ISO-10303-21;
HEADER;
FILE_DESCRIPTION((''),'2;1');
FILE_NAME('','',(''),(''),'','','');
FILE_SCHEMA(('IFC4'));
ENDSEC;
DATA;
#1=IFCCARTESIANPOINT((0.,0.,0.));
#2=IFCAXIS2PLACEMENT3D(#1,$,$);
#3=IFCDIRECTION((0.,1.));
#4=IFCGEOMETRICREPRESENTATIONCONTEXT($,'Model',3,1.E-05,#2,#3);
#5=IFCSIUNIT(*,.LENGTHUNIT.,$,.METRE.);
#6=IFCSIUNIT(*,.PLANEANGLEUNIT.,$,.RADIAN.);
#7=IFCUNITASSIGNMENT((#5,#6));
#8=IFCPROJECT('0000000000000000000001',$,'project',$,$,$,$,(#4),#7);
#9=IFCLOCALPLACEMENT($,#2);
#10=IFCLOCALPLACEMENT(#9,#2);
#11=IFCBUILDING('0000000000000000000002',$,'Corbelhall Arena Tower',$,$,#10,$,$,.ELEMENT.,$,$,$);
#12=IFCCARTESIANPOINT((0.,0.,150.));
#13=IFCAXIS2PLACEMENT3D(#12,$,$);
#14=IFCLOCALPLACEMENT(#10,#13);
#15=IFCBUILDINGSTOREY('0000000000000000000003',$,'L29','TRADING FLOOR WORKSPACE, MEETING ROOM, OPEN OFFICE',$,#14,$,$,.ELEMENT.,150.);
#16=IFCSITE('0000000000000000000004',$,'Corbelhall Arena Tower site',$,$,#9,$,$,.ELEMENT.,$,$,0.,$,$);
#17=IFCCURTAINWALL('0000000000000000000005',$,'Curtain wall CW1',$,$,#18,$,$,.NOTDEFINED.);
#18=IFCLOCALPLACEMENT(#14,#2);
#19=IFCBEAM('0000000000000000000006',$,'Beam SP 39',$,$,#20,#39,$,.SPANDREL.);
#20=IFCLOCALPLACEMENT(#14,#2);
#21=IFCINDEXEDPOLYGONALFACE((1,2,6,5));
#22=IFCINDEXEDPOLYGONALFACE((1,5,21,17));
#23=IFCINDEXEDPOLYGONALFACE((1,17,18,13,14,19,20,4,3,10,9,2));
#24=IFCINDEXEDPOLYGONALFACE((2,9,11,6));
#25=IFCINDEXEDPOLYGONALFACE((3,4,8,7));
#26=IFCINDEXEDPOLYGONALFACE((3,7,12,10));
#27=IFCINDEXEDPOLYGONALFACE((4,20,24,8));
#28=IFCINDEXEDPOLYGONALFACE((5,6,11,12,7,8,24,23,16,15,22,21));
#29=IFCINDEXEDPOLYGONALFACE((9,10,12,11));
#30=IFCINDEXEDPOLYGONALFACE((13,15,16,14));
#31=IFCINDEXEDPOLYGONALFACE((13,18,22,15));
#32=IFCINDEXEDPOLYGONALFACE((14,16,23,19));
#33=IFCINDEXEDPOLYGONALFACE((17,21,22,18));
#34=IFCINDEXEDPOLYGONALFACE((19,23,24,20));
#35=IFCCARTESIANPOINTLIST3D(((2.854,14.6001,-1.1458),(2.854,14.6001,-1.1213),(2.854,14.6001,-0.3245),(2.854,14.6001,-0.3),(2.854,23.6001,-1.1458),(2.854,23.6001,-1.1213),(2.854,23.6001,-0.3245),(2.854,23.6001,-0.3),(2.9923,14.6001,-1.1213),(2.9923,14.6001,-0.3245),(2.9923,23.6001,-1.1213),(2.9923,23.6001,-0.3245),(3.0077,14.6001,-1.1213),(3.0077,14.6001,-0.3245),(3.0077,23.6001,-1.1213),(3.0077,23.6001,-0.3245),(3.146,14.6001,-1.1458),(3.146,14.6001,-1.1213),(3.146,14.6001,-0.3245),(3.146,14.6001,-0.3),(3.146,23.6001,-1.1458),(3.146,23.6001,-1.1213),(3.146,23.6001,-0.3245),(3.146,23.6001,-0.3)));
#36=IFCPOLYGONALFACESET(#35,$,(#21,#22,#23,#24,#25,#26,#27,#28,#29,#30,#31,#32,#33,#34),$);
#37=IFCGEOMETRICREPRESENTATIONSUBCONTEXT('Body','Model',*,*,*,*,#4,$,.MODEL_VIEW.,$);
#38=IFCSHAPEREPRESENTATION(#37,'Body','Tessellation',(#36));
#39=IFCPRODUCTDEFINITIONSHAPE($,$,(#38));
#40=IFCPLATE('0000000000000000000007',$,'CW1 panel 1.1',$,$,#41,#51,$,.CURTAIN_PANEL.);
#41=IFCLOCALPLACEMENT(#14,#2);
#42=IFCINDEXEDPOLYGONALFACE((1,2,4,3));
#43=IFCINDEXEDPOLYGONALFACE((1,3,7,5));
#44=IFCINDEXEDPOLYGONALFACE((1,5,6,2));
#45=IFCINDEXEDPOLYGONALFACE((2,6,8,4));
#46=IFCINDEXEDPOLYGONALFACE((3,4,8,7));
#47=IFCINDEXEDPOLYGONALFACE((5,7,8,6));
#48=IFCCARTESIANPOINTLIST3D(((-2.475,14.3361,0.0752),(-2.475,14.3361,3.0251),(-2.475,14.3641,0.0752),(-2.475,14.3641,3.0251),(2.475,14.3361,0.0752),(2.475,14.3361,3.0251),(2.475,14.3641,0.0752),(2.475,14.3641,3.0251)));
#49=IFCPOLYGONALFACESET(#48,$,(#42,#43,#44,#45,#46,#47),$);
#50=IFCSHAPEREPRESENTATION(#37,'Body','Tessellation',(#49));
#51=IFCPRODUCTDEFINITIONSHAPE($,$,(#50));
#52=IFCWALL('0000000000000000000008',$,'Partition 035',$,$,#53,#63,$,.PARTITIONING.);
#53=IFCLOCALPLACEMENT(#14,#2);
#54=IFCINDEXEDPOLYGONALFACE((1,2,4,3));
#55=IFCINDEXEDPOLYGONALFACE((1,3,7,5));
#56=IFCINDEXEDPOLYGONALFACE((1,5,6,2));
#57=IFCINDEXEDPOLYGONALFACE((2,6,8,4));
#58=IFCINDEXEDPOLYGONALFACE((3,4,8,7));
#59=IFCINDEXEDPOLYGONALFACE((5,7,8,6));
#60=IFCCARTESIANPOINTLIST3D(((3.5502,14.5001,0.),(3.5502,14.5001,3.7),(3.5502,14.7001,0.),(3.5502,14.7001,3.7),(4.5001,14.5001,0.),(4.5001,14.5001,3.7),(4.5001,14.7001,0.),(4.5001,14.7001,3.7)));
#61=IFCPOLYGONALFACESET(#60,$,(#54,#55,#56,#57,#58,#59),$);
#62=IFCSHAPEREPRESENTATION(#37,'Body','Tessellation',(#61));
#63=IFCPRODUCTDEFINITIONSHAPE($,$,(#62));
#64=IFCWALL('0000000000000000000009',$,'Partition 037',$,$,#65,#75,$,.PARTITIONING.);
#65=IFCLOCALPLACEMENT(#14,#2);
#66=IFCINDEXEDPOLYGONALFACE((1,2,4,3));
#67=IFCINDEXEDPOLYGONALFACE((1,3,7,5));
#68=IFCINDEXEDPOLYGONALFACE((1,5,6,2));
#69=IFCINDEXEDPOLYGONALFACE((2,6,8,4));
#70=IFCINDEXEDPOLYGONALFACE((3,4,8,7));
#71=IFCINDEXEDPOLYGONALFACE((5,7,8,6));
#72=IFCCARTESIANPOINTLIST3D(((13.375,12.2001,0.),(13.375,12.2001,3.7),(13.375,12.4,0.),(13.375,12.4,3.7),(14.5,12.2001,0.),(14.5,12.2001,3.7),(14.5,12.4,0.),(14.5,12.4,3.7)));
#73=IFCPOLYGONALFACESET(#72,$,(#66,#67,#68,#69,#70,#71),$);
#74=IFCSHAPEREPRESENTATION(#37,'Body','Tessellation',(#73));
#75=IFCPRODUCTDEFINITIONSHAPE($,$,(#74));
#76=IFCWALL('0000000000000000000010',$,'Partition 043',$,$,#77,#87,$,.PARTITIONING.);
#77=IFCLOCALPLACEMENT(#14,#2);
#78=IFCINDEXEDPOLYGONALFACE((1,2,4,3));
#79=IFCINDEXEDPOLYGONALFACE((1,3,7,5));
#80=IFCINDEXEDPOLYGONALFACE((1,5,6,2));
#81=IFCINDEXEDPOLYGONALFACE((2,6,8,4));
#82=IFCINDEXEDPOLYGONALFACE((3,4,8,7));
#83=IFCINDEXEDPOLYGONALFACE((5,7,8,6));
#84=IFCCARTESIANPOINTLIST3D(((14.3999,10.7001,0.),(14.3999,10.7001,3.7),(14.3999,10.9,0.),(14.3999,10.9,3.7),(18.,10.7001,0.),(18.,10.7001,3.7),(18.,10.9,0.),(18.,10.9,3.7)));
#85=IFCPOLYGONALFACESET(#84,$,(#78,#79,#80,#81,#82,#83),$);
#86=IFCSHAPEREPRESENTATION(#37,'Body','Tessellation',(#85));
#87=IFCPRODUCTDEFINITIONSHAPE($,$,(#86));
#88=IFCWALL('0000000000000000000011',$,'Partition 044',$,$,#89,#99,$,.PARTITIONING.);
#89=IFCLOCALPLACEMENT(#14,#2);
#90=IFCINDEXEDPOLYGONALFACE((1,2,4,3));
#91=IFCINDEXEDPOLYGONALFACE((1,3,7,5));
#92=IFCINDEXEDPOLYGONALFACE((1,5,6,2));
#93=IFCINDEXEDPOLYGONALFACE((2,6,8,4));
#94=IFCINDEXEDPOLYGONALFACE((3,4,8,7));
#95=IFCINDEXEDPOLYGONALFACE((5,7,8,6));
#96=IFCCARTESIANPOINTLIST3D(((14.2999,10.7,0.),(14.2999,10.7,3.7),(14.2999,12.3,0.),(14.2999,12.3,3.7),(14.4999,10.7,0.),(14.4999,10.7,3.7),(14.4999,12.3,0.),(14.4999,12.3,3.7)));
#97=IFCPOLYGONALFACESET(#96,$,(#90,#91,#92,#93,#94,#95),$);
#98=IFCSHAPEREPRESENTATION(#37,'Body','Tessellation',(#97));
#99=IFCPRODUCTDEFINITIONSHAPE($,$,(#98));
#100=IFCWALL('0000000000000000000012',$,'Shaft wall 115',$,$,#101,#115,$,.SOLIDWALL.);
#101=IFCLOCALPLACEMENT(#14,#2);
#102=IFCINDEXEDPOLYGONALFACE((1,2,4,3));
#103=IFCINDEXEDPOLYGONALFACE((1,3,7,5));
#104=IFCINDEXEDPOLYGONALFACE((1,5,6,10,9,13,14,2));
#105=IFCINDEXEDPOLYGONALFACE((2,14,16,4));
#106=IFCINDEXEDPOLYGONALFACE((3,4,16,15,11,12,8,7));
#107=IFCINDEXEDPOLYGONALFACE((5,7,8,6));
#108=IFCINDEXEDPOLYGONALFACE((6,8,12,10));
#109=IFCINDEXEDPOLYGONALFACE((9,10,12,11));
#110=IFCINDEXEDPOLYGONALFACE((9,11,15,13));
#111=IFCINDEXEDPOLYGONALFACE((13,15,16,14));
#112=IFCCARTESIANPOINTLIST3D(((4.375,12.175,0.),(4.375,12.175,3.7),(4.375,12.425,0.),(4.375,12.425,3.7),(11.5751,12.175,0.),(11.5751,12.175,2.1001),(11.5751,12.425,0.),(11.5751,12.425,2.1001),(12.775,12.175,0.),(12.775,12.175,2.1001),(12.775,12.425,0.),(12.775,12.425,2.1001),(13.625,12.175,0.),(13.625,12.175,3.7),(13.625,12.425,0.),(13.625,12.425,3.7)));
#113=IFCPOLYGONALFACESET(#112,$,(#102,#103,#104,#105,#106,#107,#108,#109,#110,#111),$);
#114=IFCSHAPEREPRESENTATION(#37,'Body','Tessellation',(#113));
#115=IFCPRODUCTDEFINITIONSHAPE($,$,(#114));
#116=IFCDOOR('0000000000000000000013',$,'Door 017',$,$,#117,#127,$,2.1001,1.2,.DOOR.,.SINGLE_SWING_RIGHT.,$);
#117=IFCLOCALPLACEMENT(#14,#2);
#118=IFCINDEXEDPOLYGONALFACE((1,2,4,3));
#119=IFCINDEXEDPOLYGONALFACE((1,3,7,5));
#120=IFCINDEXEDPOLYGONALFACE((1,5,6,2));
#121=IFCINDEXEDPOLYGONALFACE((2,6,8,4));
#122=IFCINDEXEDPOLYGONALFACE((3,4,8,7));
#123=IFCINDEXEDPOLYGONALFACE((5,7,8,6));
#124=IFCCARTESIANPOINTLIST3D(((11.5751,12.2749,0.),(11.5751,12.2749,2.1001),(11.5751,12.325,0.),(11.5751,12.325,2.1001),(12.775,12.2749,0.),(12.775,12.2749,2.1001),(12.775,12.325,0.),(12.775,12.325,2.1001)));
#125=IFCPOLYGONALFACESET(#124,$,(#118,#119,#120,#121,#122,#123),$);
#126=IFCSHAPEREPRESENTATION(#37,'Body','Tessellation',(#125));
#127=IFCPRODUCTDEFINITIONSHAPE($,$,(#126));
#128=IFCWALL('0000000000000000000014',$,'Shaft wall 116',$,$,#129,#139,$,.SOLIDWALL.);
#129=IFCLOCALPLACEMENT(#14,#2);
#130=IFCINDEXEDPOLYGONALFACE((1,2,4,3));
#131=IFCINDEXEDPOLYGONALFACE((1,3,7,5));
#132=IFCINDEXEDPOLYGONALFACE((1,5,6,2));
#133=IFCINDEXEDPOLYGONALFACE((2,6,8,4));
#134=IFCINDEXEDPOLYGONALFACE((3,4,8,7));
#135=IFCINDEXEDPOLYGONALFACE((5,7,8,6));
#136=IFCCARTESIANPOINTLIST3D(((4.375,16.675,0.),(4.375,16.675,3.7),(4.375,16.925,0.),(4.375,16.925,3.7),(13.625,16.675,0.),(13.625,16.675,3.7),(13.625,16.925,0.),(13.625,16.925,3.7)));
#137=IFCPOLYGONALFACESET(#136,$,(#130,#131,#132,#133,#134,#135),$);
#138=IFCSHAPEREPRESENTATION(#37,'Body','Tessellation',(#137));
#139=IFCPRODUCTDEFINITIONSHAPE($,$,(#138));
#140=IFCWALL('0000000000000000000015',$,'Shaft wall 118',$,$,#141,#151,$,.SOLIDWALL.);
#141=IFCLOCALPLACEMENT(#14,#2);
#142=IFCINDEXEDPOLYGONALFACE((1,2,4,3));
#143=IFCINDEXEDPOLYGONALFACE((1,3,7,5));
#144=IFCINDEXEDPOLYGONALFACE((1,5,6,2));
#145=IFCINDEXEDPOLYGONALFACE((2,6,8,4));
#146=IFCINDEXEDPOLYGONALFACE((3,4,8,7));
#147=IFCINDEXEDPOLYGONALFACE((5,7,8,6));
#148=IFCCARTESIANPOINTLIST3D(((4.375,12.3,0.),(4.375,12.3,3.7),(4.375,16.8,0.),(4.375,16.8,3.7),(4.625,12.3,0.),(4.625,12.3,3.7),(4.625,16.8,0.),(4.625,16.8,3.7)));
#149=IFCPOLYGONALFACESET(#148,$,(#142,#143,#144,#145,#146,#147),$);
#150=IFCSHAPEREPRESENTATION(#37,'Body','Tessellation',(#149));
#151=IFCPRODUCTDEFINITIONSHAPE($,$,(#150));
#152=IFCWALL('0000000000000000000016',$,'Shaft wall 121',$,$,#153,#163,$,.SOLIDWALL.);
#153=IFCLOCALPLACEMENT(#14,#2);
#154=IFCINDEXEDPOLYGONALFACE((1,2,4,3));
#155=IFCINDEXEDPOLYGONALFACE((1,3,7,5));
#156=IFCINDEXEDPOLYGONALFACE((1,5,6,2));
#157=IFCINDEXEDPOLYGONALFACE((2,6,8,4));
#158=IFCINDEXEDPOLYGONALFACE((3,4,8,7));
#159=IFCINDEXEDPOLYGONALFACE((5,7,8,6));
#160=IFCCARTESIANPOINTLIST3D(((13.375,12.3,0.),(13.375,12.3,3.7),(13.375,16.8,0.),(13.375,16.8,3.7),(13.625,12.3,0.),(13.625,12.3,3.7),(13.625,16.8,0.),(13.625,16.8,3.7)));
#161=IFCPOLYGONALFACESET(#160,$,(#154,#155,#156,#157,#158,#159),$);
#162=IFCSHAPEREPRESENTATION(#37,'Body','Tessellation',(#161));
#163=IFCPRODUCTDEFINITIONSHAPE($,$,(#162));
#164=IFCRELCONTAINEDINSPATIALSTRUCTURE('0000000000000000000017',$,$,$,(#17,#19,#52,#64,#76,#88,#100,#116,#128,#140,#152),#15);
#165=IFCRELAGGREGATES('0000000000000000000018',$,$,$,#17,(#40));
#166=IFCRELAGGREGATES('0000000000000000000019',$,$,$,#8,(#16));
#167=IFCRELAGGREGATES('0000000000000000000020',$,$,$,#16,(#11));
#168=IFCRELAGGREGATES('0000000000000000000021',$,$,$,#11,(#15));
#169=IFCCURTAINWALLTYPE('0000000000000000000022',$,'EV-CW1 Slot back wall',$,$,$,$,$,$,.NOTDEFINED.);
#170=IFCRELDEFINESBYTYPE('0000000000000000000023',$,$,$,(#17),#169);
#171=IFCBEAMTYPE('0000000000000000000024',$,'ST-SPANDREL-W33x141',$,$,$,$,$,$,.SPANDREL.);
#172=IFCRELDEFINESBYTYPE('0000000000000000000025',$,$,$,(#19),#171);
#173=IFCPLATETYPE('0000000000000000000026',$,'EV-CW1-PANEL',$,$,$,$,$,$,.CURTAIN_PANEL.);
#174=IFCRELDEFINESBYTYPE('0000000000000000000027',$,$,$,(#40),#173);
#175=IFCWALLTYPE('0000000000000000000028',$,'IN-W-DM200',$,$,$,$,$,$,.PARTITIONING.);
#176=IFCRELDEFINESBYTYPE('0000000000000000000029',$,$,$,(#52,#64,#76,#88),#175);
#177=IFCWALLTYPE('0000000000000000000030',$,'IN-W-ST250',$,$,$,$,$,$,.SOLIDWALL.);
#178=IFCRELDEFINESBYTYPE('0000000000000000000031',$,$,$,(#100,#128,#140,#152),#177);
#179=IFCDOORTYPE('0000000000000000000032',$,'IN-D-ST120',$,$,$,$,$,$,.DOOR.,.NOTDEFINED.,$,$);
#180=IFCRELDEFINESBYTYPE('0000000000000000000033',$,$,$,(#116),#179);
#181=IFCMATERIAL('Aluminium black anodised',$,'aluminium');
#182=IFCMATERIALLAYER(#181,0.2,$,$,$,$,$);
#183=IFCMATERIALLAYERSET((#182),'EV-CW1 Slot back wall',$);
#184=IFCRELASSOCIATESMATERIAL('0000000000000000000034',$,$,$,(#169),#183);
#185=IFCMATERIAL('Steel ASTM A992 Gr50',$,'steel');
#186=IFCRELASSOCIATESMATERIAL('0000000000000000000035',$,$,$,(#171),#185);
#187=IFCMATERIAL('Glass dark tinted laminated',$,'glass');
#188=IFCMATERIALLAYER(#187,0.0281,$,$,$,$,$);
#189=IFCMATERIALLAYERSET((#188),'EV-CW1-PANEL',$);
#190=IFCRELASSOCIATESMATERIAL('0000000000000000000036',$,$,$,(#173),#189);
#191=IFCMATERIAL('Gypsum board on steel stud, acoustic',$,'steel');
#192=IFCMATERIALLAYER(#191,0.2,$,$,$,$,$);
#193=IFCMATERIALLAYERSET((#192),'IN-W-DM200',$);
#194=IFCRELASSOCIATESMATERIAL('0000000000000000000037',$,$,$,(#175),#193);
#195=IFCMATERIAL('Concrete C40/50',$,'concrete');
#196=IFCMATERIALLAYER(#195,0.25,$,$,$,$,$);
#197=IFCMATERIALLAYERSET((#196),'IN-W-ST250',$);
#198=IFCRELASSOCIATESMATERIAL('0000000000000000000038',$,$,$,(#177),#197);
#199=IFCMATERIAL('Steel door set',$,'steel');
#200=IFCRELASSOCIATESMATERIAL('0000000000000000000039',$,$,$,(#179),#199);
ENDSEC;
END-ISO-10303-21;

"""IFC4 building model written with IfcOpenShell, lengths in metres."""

from ifc_helpers import new_model, si_unit, direction, frame, frame_2d, origin, origin_2d, place, context, subcontext, project, spatial, rectangle, i_section, extrude, material, layer, layer_set, material_profile, profile_set, type_object, element, fill, aggregate, save


model = new_model("IFC4")

# Units and contexts
model_context = context("Model", 3, precision=1e-05, world=origin(), true_north=direction((0.0, 1.0)))
body_context = subcontext(model_context, "Body", "Model", "MODEL_VIEW")
ifc_project = project(units=[si_unit("LENGTHUNIT", "METRE"), si_unit("PLANEANGLEUNIT", "RADIAN")], contexts=[model_context])

# Site, building, storey
site_placement = place(None, origin())
site = spatial("IfcSite", under=ifc_project, at=site_placement, Name="Corbelhall Arena Tower site", CompositionType="ELEMENT", RefElevation=0.0)
building_placement = place(site_placement, origin())
building = spatial("IfcBuilding", under=site, at=building_placement, Name="Corbelhall Arena Tower", CompositionType="ELEMENT")
storey_placement = place(building_placement, frame((0.0, 0.0, 150.0)))
storey = spatial("IfcBuildingStorey", under=building, at=storey_placement, Name="L29", Description="TRADING FLOOR WORKSPACE, MEETING ROOM, OPEN OFFICE", CompositionType="ELEMENT", Elevation=150.0)

# Curtain wall
ifc_material_1 = material(Name="Aluminium black anodised", Category="aluminium")
ifc_layer_1 = layer(ifc_material_1, 0.2)
ifc_layer_set_1 = layer_set([ifc_layer_1], Name="EV-CW1 Slot back wall")
curtain_wall_type = type_object("IfcCurtainWallType", Name="EV-CW1 Slot back wall", PredefinedType="NOTDEFINED", material=ifc_layer_set_1)
curtain_wall_placement = place(storey_placement, origin())
curtain_wall = element("IfcCurtainWall", 1, at=curtain_wall_placement, inside=storey, type_object=curtain_wall_type, Name="Curtain wall CW1", PredefinedType="NOTDEFINED")

# Beam
ifc_material_2 = material(Name="Steel ASTM A992 Gr50", Category="steel")
ifc_material_profile_1 = material_profile(ifc_material_2, i_section(OverallWidth=0.292, OverallDepth=0.8457, WebThickness=0.0154, FlangeThickness=0.0244, at=origin_2d()))
ifc_profile_set_1 = profile_set([ifc_material_profile_1], Name="Steel ASTM A992 Gr50")
beam_type_1 = type_object("IfcBeamType", Name="ST-SPANDREL-W33x141", PredefinedType="SPANDREL", material=ifc_profile_set_1)
beam_1_placement = place(storey_placement, frame((3.0, 14.6001, -0.7229), z_axis=(0.0, 1.0, 0.0), x_axis=(-1.0, 0.0, 0.0)))
element("IfcBeam", 2, at=beam_1_placement, inside=storey, type_object=beam_type_1, Name="Beam SP 39", PredefinedType="SPANDREL", context=body_context, shape_type="SweptSolid", body=[
    extrude(i_section(OverallWidth=0.292, OverallDepth=0.8457, WebThickness=0.0154, FlangeThickness=0.0244, at=origin_2d()), origin(), (0.0, 0.0, 1.0), 9.0),
])

# Plate
ifc_material_3 = material(Name="Glass dark tinted laminated", Category="glass")
ifc_layer_2 = layer(ifc_material_3, 0.0281)
ifc_layer_set_2 = layer_set([ifc_layer_2], Name="EV-CW1-PANEL")
plate_type = type_object("IfcPlateType", Name="EV-CW1-PANEL", PredefinedType="CURTAIN_PANEL", material=ifc_layer_set_2)
plate_placement = place(storey_placement, frame((0.0, 14.3501, 0.0752), z_axis=(0.0, 0.0, 1.0), x_axis=(-1.0, 0.0, 0.0)))
plate = element("IfcPlate", 3, at=plate_placement, type_object=plate_type, Name="CW1 panel 1.1", PredefinedType="CURTAIN_PANEL", context=body_context, shape_type="SweptSolid", body=[
    extrude(rectangle(XDim=4.95, YDim=0.0281, at=origin_2d()), origin(), (0.0, 0.0, 1.0), 2.95),
])
aggregate(curtain_wall, [plate])

# Walls
ifc_material_4 = material(Name="Gypsum board on steel stud, acoustic", Category="steel")
ifc_layer_3 = layer(ifc_material_4, 0.2)
ifc_layer_set_3 = layer_set([ifc_layer_3], Name="IN-W-DM200")
wall_type_1 = type_object("IfcWallType", Name="IN-W-DM200", PredefinedType="PARTITIONING", material=ifc_layer_set_3)
wall_1_placement = place(storey_placement, frame((3.55, 14.6001, 0.0), z_axis=(0.0, 0.0, 1.0), x_axis=(1.0, 0.0, 0.0)))
element("IfcWall", 4, at=wall_1_placement, inside=storey, type_object=wall_type_1, Name="Partition 035", PredefinedType="PARTITIONING", context=body_context, shape_type="SweptSolid", body=[
    extrude(rectangle(XDim=0.95, YDim=0.2, at=frame_2d((0.4751, 0.0))), origin(), (0.0, 0.0, 1.0), 3.7),
])
wall_2_placement = place(storey_placement, frame((13.375, 12.3, 0.0), z_axis=(0.0, 0.0, 1.0), x_axis=(1.0, 0.0, 0.0)))
element("IfcWall", 5, at=wall_2_placement, inside=storey, type_object=wall_type_1, Name="Partition 037", PredefinedType="PARTITIONING", context=body_context, shape_type="SweptSolid", body=[
    extrude(rectangle(XDim=1.125, YDim=0.2, at=frame_2d((0.5625, 0.0))), origin(), (0.0, 0.0, 1.0), 3.7),
])
wall_3_placement = place(storey_placement, frame((14.3999, 10.8, 0.0), z_axis=(0.0, 0.0, 1.0), x_axis=(1.0, 0.0, 0.0)))
element("IfcWall", 6, at=wall_3_placement, inside=storey, type_object=wall_type_1, Name="Partition 043", PredefinedType="PARTITIONING", context=body_context, shape_type="SweptSolid", body=[
    extrude(rectangle(XDim=3.6001, YDim=0.2, at=frame_2d((1.8, 0.0))), origin(), (0.0, 0.0, 1.0), 3.7),
])
wall_4_placement = place(storey_placement, frame((14.3999, 12.3, 0.0), z_axis=(0.0, 0.0, 1.0), x_axis=(0.0, -1.0, 0.0)))
element("IfcWall", 7, at=wall_4_placement, inside=storey, type_object=wall_type_1, Name="Partition 044", PredefinedType="PARTITIONING", context=body_context, shape_type="SweptSolid", body=[
    extrude(rectangle(XDim=1.6001, YDim=0.2, at=frame_2d((0.8, 0.0))), origin(), (0.0, 0.0, 1.0), 3.7),
])

# Wall, opening, door
ifc_material_5 = material(Name="Concrete C40/50", Category="concrete")
ifc_layer_4 = layer(ifc_material_5, 0.25)
ifc_layer_set_4 = layer_set([ifc_layer_4], Name="IN-W-ST250")
wall_type_2 = type_object("IfcWallType", Name="IN-W-ST250", PredefinedType="SOLIDWALL", material=ifc_layer_set_4)
wall_5_placement = place(storey_placement, frame((4.375, 12.3, 0.0), z_axis=(0.0, 0.0, 1.0), x_axis=(1.0, 0.0, 0.0)))
wall_5 = element("IfcWall", 8, at=wall_5_placement, inside=storey, type_object=wall_type_2, Name="Shaft wall 115", PredefinedType="SOLIDWALL", context=body_context, shape_type="SweptSolid", body=[
    extrude(rectangle(XDim=9.25, YDim=0.25, at=frame_2d((4.625, 0.0))), origin(), (0.0, 0.0, 1.0), 3.7),
])
opening_1_placement = place(wall_5_placement, frame((7.2, 0.0, 0.0)))
opening_1 = element("IfcOpeningElement", 9, at=opening_1_placement, cuts=wall_5, PredefinedType="OPENING", context=body_context, shape_type="SweptSolid", body=[
    extrude(rectangle(XDim=1.2, YDim=2.1001, at=frame_2d((0.6001, 1.05))), frame((0.0, 0.125, 0.0), z_axis=(0.0, -1.0, 0.0), x_axis=(1.0, 0.0, 0.0)), (0.0, 0.0, 1.0), 0.25),
])
ifc_material_6 = material(Name="Steel door set", Category="steel")
door_type = type_object("IfcDoorType", Name="IN-D-ST120", OperationType="NOTDEFINED", PredefinedType="DOOR", material=ifc_material_6)
door_placement = place(opening_1_placement, origin())
door = element("IfcDoor", 10, at=door_placement, inside=storey, type_object=door_type, Name="Door 017", OperationType="SINGLE_SWING_RIGHT", OverallHeight=2.1001, OverallWidth=1.2, PredefinedType="DOOR", context=body_context, shape_type="SweptSolid", body=[
    extrude(rectangle(XDim=1.2, YDim=2.1001, at=frame_2d((0.6001, 1.05))), frame((0.0, 0.0249, 0.0), z_axis=(0.0, -1.0, 0.0), x_axis=(1.0, 0.0, 0.0)), (0.0, 0.0, 1.0), 0.05),
])
fill(opening_1, door)

# Walls
wall_6_placement = place(storey_placement, frame((4.375, 16.8, 0.0), z_axis=(0.0, 0.0, 1.0), x_axis=(1.0, 0.0, 0.0)))
element("IfcWall", 11, at=wall_6_placement, inside=storey, type_object=wall_type_2, Name="Shaft wall 116", PredefinedType="SOLIDWALL", context=body_context, shape_type="SweptSolid", body=[
    extrude(rectangle(XDim=9.25, YDim=0.25, at=frame_2d((4.625, 0.0))), origin(), (0.0, 0.0, 1.0), 3.7),
])
for number, where, z_axis, x_axis, name in (
    (12, (4.5, 12.3, 0.0), (0.0, 0.0, 1.0), (0.0, 1.0, 0.0), "Shaft wall 118"),
    (13, (13.5, 16.8, 0.0), (0.0, 0.0, 1.0), (0.0, -1.0, 0.0), "Shaft wall 121"),
):
    element("IfcWall", number, at=place(storey_placement, frame(where, z_axis=z_axis, x_axis=x_axis)), inside=storey, type_object=wall_type_2, Name=name, PredefinedType="SOLIDWALL", context=body_context, shape_type="SweptSolid", body=[
        extrude(rectangle(XDim=4.5, YDim=0.25, at=frame_2d((2.25, 0.0))), origin(), (0.0, 0.0, 1.0), 3.7),
    ])

save(model, "model.ifc")
